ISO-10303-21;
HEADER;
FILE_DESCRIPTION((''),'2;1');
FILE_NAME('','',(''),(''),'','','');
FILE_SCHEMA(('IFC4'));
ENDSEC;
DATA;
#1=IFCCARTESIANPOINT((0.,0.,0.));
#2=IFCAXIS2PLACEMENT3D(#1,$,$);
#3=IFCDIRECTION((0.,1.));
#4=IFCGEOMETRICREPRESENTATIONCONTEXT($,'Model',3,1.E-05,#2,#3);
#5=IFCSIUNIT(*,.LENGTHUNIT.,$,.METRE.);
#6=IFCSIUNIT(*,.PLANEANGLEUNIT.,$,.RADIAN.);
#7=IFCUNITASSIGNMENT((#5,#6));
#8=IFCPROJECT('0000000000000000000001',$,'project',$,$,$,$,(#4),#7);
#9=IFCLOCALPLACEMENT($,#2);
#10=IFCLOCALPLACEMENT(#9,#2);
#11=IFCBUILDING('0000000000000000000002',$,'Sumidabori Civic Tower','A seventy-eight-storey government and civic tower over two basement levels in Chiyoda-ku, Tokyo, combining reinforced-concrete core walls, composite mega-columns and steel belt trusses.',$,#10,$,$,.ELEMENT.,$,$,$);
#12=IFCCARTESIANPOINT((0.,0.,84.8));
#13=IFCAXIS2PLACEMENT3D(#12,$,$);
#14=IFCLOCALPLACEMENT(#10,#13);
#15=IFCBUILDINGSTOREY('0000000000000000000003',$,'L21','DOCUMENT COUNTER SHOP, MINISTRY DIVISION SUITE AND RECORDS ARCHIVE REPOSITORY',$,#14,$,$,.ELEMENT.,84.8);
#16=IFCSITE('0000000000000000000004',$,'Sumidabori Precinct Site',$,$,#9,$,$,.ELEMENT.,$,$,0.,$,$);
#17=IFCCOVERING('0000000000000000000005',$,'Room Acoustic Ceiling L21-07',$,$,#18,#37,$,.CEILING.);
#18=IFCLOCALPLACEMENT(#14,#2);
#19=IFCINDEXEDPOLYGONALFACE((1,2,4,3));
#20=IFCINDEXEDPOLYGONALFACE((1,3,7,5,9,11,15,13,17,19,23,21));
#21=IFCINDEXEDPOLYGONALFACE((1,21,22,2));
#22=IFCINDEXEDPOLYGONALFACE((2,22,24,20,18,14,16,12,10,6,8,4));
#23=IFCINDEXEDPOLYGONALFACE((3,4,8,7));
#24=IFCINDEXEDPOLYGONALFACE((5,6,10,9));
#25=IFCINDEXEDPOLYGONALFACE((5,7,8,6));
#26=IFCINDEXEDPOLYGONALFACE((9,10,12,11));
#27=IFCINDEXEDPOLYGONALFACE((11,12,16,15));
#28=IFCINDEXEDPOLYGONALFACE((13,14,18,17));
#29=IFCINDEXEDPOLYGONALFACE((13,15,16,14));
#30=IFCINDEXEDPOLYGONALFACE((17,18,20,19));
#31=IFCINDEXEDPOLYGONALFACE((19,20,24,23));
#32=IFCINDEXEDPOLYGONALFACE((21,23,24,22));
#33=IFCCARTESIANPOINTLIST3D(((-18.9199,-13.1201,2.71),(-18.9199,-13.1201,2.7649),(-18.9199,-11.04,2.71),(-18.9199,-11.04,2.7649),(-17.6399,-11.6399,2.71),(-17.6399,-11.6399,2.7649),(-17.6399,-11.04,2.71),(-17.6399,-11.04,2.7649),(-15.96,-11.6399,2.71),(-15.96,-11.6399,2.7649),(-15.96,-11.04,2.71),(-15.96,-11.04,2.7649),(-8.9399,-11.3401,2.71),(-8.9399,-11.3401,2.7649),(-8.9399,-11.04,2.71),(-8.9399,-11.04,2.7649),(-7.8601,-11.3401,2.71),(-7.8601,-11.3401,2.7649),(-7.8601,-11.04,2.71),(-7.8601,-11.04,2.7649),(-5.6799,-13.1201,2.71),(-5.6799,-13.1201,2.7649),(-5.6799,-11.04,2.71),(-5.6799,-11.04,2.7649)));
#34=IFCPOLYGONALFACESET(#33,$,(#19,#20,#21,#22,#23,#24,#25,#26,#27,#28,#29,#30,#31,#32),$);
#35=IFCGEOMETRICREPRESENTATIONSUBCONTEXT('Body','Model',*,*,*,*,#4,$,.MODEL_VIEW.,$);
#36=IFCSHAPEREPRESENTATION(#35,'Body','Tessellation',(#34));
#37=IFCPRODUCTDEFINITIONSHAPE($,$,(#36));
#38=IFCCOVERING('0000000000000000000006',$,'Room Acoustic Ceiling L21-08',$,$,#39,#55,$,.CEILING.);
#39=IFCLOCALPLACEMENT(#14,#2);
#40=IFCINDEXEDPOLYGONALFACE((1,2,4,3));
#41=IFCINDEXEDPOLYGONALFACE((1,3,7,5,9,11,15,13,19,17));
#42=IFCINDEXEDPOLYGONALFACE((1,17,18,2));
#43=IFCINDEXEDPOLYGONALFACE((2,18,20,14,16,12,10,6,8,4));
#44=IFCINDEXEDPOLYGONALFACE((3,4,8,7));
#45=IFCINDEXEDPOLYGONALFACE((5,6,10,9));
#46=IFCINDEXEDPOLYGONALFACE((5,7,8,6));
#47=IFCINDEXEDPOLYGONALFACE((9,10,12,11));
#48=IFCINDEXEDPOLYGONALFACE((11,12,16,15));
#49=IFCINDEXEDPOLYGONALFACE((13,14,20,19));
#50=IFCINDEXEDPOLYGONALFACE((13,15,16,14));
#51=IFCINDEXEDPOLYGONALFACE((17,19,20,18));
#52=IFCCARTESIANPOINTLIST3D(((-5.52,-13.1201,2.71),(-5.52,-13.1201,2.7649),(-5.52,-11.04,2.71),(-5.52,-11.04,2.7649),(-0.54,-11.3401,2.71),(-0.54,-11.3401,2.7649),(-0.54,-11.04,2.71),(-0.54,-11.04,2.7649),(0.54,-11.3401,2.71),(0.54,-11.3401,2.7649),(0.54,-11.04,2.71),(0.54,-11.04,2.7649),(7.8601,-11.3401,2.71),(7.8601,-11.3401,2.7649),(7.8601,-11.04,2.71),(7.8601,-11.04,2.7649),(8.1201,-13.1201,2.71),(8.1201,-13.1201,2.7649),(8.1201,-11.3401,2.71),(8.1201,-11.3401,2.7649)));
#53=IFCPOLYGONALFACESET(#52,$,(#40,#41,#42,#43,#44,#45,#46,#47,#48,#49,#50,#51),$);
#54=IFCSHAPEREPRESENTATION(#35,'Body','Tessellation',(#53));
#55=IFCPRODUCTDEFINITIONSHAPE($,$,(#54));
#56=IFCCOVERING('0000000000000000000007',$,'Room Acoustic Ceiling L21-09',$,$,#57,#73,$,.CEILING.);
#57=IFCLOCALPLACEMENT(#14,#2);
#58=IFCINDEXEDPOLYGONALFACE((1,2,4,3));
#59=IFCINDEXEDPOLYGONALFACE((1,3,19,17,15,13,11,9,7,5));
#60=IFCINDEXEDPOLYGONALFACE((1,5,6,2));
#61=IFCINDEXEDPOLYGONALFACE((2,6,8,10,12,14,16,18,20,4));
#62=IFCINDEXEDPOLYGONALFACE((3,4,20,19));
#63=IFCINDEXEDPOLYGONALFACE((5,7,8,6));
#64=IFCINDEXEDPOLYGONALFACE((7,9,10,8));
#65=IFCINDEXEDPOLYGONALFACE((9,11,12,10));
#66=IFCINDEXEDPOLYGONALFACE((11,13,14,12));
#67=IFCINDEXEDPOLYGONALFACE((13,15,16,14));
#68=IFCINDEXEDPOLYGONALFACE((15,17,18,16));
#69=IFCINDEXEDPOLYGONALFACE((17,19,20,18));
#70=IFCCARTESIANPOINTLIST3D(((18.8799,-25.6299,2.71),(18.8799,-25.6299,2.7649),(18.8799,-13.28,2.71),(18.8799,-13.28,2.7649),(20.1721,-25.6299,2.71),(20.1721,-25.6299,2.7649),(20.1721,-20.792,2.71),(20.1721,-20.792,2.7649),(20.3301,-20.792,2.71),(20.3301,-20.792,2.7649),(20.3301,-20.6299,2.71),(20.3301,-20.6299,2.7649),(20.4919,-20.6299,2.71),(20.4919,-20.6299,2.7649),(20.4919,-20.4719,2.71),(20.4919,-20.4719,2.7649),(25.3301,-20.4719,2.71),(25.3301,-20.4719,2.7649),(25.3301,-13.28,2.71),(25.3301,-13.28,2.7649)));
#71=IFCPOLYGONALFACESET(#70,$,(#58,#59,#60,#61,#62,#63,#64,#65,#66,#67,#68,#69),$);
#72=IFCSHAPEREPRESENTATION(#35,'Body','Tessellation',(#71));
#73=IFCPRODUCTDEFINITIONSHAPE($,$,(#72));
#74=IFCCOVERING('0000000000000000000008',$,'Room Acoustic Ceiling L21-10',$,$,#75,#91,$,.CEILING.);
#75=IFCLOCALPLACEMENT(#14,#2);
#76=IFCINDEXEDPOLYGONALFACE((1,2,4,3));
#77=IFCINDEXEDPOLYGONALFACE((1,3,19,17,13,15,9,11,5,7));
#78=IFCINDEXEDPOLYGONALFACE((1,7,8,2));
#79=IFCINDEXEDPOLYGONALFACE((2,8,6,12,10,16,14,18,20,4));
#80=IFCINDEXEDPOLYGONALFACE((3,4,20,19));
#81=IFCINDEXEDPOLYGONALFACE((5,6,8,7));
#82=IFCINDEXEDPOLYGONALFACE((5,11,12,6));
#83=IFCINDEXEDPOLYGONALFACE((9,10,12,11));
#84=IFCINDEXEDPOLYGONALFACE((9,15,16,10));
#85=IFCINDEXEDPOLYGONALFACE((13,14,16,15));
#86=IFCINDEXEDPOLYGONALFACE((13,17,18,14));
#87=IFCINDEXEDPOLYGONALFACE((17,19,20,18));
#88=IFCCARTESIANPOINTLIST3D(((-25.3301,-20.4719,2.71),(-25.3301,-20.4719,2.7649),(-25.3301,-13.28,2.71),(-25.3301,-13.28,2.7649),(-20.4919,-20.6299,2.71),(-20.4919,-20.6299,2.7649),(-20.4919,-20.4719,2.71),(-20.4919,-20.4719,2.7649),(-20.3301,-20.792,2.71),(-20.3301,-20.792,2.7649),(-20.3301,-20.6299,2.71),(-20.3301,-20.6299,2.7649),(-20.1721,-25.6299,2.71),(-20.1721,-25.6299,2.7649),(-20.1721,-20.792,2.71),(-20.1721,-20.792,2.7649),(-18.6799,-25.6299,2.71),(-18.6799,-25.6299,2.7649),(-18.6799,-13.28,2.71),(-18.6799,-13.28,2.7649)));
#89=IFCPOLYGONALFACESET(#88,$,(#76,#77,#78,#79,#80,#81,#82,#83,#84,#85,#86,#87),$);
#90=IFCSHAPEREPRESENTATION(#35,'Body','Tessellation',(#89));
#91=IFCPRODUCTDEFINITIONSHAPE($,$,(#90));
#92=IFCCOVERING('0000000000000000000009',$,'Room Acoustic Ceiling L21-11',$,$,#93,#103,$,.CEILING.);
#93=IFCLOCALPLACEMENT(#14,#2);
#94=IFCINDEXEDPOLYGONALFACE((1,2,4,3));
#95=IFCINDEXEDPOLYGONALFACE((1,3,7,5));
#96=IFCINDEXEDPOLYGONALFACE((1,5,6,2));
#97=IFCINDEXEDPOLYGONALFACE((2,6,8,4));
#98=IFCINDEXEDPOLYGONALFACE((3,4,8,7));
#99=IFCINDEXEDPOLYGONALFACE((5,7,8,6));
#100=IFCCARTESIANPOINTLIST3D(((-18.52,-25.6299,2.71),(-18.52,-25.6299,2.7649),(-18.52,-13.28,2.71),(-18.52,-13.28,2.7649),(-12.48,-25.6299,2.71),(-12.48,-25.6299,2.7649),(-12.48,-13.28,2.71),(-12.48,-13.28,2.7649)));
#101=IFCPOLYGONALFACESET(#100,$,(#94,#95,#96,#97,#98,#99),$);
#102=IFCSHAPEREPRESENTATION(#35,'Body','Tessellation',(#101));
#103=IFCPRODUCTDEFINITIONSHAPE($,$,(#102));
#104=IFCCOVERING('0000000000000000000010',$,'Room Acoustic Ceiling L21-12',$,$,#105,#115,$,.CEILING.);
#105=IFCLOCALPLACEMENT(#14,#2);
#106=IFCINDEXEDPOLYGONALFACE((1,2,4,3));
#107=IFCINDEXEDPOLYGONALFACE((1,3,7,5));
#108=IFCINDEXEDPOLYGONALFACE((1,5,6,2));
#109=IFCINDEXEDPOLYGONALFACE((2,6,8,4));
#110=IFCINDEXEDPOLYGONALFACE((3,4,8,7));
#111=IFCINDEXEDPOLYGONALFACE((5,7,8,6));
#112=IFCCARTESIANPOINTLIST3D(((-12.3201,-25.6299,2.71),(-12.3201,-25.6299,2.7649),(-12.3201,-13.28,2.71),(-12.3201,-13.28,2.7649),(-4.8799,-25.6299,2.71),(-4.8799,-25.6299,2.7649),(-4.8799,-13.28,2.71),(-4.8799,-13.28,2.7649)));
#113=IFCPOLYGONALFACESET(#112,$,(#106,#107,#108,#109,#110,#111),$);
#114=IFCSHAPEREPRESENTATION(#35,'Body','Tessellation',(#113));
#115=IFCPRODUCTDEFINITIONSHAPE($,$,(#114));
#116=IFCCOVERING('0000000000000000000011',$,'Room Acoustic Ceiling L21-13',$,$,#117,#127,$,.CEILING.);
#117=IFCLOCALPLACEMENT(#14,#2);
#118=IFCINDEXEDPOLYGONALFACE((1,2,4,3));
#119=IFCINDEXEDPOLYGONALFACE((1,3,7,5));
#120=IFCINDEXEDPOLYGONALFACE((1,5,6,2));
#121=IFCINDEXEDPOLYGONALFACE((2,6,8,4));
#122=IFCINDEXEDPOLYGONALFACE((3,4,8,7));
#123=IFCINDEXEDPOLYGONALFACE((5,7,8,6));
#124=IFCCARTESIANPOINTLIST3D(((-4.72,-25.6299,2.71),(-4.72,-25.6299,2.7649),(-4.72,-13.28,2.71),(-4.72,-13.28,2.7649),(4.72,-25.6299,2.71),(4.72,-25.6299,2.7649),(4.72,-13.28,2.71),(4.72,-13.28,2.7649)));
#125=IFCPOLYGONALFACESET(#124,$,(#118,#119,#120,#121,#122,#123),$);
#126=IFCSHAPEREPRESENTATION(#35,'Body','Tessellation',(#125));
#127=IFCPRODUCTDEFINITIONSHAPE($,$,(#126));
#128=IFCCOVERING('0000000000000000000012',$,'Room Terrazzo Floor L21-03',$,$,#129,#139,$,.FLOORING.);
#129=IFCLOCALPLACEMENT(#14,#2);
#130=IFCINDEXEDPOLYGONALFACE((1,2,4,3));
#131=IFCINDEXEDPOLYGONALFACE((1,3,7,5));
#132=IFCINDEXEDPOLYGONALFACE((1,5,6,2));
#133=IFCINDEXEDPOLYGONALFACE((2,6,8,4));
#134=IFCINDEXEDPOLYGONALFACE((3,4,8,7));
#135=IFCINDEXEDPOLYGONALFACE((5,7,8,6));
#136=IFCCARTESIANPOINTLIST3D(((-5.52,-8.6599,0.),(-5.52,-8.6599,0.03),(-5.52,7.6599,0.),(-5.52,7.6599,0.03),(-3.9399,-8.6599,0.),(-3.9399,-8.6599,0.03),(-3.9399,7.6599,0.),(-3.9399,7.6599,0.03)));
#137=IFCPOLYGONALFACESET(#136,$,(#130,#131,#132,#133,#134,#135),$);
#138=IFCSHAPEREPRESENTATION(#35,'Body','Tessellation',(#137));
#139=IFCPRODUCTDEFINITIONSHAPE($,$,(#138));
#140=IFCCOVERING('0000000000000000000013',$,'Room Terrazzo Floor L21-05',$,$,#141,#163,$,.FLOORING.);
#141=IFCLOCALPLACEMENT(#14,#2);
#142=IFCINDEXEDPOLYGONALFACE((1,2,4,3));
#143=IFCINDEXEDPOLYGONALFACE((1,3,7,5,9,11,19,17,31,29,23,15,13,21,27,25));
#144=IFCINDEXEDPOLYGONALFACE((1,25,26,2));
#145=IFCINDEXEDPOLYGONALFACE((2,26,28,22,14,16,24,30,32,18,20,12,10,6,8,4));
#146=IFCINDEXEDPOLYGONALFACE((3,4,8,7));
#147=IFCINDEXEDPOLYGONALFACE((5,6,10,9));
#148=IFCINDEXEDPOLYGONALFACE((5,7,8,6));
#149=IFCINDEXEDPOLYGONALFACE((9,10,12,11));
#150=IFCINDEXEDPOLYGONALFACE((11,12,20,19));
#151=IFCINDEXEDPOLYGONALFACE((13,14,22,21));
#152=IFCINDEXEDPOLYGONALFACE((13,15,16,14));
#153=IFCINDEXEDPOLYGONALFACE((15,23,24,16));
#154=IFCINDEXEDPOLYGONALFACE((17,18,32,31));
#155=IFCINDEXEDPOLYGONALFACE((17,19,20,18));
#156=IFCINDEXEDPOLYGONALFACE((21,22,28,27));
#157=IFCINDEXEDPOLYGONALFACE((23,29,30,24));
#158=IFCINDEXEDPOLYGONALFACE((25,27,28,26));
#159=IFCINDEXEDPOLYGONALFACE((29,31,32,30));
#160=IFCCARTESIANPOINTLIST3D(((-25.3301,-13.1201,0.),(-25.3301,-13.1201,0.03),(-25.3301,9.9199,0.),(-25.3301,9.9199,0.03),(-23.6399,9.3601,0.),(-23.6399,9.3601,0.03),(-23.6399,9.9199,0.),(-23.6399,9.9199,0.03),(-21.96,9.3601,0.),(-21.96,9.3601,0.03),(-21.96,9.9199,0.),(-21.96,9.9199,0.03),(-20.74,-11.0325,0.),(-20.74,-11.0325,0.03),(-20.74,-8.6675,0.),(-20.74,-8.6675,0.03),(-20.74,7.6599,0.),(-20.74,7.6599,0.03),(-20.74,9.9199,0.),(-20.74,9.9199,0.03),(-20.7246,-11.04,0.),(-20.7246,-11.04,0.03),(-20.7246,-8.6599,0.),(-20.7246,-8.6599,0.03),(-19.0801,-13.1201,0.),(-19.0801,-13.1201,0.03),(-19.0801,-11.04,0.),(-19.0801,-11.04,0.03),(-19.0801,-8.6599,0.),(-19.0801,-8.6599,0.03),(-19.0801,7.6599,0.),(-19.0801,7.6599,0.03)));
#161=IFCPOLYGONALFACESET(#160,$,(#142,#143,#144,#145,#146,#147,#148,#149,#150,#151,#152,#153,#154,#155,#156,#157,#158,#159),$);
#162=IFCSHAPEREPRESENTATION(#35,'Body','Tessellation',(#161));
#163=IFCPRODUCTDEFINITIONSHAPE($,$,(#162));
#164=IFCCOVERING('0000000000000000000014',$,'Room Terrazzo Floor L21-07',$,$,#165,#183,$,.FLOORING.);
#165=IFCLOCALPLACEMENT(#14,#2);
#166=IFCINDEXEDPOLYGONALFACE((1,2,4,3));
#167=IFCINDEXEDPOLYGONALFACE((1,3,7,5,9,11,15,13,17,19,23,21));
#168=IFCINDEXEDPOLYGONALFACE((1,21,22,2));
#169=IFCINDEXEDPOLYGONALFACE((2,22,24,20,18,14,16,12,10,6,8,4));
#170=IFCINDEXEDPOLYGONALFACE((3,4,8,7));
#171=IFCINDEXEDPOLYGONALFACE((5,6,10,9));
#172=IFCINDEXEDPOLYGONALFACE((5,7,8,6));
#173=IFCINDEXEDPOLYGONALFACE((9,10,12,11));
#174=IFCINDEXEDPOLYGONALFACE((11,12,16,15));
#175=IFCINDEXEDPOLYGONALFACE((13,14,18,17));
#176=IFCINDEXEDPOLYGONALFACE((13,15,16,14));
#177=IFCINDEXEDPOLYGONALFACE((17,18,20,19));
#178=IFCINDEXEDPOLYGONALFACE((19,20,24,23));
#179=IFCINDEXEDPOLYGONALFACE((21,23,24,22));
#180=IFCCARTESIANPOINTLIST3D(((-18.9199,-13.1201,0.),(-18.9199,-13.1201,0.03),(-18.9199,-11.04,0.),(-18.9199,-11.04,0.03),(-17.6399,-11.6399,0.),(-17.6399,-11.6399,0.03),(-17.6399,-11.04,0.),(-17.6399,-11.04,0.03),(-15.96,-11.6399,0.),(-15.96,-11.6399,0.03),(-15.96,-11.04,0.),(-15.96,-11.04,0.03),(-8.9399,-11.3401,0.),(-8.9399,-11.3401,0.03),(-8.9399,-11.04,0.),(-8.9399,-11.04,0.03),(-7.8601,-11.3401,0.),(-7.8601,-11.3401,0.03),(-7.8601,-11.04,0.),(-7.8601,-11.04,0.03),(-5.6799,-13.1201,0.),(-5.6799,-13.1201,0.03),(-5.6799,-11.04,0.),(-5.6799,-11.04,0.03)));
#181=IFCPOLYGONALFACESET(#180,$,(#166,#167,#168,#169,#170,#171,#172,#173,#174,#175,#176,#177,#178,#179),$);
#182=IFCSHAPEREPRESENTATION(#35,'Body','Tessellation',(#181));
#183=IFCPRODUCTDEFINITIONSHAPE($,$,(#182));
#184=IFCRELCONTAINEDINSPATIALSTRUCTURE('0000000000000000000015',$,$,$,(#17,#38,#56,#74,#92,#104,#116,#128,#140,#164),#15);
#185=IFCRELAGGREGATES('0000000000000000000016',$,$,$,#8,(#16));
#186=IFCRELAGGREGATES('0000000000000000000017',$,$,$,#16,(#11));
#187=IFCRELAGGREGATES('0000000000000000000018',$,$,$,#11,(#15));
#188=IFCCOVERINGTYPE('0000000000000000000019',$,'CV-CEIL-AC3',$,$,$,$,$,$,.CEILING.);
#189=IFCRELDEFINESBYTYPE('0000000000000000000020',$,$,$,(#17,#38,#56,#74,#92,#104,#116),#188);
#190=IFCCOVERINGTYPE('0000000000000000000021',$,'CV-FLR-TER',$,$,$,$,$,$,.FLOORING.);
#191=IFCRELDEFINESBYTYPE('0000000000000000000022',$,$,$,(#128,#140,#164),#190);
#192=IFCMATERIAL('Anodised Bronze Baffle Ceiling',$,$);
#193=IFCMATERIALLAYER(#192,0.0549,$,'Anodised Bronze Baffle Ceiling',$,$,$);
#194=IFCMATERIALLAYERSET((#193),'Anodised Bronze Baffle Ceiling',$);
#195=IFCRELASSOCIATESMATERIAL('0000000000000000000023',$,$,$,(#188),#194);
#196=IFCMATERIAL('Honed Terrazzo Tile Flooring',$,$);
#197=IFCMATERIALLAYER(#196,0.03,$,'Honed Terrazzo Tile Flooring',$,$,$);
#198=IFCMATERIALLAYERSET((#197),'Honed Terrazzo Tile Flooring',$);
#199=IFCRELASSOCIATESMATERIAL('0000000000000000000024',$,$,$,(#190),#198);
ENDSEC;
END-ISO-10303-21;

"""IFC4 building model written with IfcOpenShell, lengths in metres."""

from ifc_helpers import new_model, si_unit, direction, frame, origin, place, context, subcontext, project, spatial, polyline, outline, extrude, material, layer, layer_set, type_object, element, save


model = new_model("IFC4")

# Units and contexts
model_context = context("Model", 3, precision=1e-05, world=origin(), true_north=direction((0.0, 1.0)))
body_context = subcontext(model_context, "Body", "Model", "MODEL_VIEW")
ifc_project = project(units=[si_unit("LENGTHUNIT", "METRE"), si_unit("PLANEANGLEUNIT", "RADIAN")], contexts=[model_context])

# Site, building, storey
site_placement = place(None, origin())
site = spatial("IfcSite", under=ifc_project, at=site_placement, Name="Sumidabori Precinct Site", CompositionType="ELEMENT", RefElevation=0.0)
building_placement = place(site_placement, origin())
building = spatial("IfcBuilding", under=site, at=building_placement, Name="Sumidabori Civic Tower", Description="A seventy-eight-storey government and civic tower over two basement levels in Chiyoda-ku, Tokyo, combining reinforced-concrete core walls, composite mega-columns and steel belt trusses.", CompositionType="ELEMENT")
storey_placement = place(building_placement, frame((0.0, 0.0, 84.8)))
storey = spatial("IfcBuildingStorey", under=building, at=storey_placement, Name="L21", Description="DOCUMENT COUNTER SHOP, MINISTRY DIVISION SUITE AND RECORDS ARCHIVE REPOSITORY", CompositionType="ELEMENT", Elevation=84.8)

# Coverings
ifc_material_1 = material(Name="Anodised Bronze Baffle Ceiling")
ifc_layer_1 = layer(ifc_material_1, 0.0549, Name="Anodised Bronze Baffle Ceiling")
ifc_layer_set_1 = layer_set([ifc_layer_1], Name="Anodised Bronze Baffle Ceiling")
covering_type_1 = type_object("IfcCoveringType", Name="CV-CEIL-AC3", PredefinedType="CEILING", material=ifc_layer_set_1)
covering_1_placement = place(storey_placement, frame((0.0, 0.0, 2.71)))
element("IfcCovering", 1, at=covering_1_placement, inside=storey, type_object=covering_type_1, Name="Room Acoustic Ceiling L21-07", PredefinedType="CEILING", context=body_context, shape_type="SweptSolid", body=[
    extrude(outline(polyline([(-17.6399, -11.04), (-17.6399, -11.6399), (-15.96, -11.6399), (-15.96, -11.04), (-8.9399, -11.04), (-8.9399, -11.3401), (-7.8601, -11.3401), (-7.8601, -11.04), (-5.6799, -11.04), (-5.6799, -13.1201), (-18.9199, -13.1201), (-18.9199, -11.04), (-17.6399, -11.04)])), origin(), (0.0, 0.0, 1.0), 0.0549),
])
covering_2_placement = place(storey_placement, frame((0.0, 0.0, 2.71)))
element("IfcCovering", 2, at=covering_2_placement, inside=storey, type_object=covering_type_1, Name="Room Acoustic Ceiling L21-08", PredefinedType="CEILING", context=body_context, shape_type="SweptSolid", body=[
    extrude(outline(polyline([(-5.52, -11.04), (-0.54, -11.04), (-0.54, -11.3401), (0.54, -11.3401), (0.54, -11.04), (7.8601, -11.04), (7.8601, -11.3401), (8.1201, -11.3401), (8.1201, -13.1201), (-5.52, -13.1201), (-5.52, -11.04)])), origin(), (0.0, 0.0, 1.0), 0.0549),
])
covering_3_placement = place(storey_placement, frame((0.0, 0.0, 2.71)))
element("IfcCovering", 3, at=covering_3_placement, inside=storey, type_object=covering_type_1, Name="Room Acoustic Ceiling L21-09", PredefinedType="CEILING", context=body_context, shape_type="SweptSolid", body=[
    extrude(outline(polyline([(18.8799, -13.28), (25.3301, -13.28), (25.3301, -20.4719), (20.4919, -20.4719), (20.4919, -20.6299), (20.3301, -20.6299), (20.3301, -20.792), (20.1721, -20.792), (20.1721, -25.6299), (18.8799, -25.6299), (18.8799, -13.28)])), origin(), (0.0, 0.0, 1.0), 0.0549),
])
covering_4_placement = place(storey_placement, frame((0.0, 0.0, 2.71)))
element("IfcCovering", 4, at=covering_4_placement, inside=storey, type_object=covering_type_1, Name="Room Acoustic Ceiling L21-10", PredefinedType="CEILING", context=body_context, shape_type="SweptSolid", body=[
    extrude(outline(polyline([(-18.6799, -13.28), (-18.6799, -25.6299), (-20.1721, -25.6299), (-20.1721, -20.792), (-20.3301, -20.792), (-20.3301, -20.6299), (-20.4919, -20.6299), (-20.4919, -20.4719), (-25.3301, -20.4719), (-25.3301, -13.28), (-18.6799, -13.28)])), origin(), (0.0, 0.0, 1.0), 0.0549),
])
covering_5_placement = place(storey_placement, frame((0.0, 0.0, 2.71)))
element("IfcCovering", 5, at=covering_5_placement, inside=storey, type_object=covering_type_1, Name="Room Acoustic Ceiling L21-11", PredefinedType="CEILING", context=body_context, shape_type="SweptSolid", body=[
    extrude(outline(polyline([(-18.52, -13.28), (-12.48, -13.28), (-12.48, -25.6299), (-18.52, -25.6299), (-18.52, -13.28)])), origin(), (0.0, 0.0, 1.0), 0.0549),
])
covering_6_placement = place(storey_placement, frame((0.0, 0.0, 2.71)))
element("IfcCovering", 6, at=covering_6_placement, inside=storey, type_object=covering_type_1, Name="Room Acoustic Ceiling L21-12", PredefinedType="CEILING", context=body_context, shape_type="SweptSolid", body=[
    extrude(outline(polyline([(-12.3201, -13.28), (-4.8799, -13.28), (-4.8799, -25.6299), (-12.3201, -25.6299), (-12.3201, -13.28)])), origin(), (0.0, 0.0, 1.0), 0.0549),
])
covering_7_placement = place(storey_placement, frame((0.0, 0.0, 2.71)))
element("IfcCovering", 7, at=covering_7_placement, inside=storey, type_object=covering_type_1, Name="Room Acoustic Ceiling L21-13", PredefinedType="CEILING", context=body_context, shape_type="SweptSolid", body=[
    extrude(outline(polyline([(-4.72, -13.28), (4.72, -13.28), (4.72, -25.6299), (-4.72, -25.6299), (-4.72, -13.28)])), origin(), (0.0, 0.0, 1.0), 0.0549),
])
ifc_material_2 = material(Name="Honed Terrazzo Tile Flooring")
ifc_layer_2 = layer(ifc_material_2, 0.03, Name="Honed Terrazzo Tile Flooring")
ifc_layer_set_2 = layer_set([ifc_layer_2], Name="Honed Terrazzo Tile Flooring")
covering_type_2 = type_object("IfcCoveringType", Name="CV-FLR-TER", PredefinedType="FLOORING", material=ifc_layer_set_2)
covering_8_placement = place(storey_placement, origin())
element("IfcCovering", 8, at=covering_8_placement, inside=storey, type_object=covering_type_2, Name="Room Terrazzo Floor L21-03", PredefinedType="FLOORING", context=body_context, shape_type="SweptSolid", body=[
    extrude(outline(polyline([(-5.52, 7.6599), (-3.9399, 7.6599), (-3.9399, -8.6599), (-5.52, -8.6599), (-5.52, 7.6599)])), origin(), (0.0, 0.0, 1.0), 0.03),
])
covering_9_placement = place(storey_placement, origin())
element("IfcCovering", 9, at=covering_9_placement, inside=storey, type_object=covering_type_2, Name="Room Terrazzo Floor L21-05", PredefinedType="FLOORING", context=body_context, shape_type="SweptSolid", body=[
    extrude(outline(polyline([(-25.3301, -13.1201), (-25.3301, 9.9199), (-23.6399, 9.9199), (-23.6399, 9.3601), (-21.96, 9.3601), (-21.96, 9.9199), (-20.74, 9.9199), (-20.74, 7.6599), (-19.0801, 7.6599), (-19.0801, -8.6599), (-20.7246, -8.6599), (-20.74, -8.6675), (-20.74, -11.0325), (-20.7246, -11.04), (-19.0801, -11.04), (-19.0801, -13.1201), (-25.3301, -13.1201)])), origin(), (0.0, 0.0, 1.0), 0.03),
])
covering_10_placement = place(storey_placement, origin())
element("IfcCovering", 10, at=covering_10_placement, inside=storey, type_object=covering_type_2, Name="Room Terrazzo Floor L21-07", PredefinedType="FLOORING", context=body_context, shape_type="SweptSolid", body=[
    extrude(outline(polyline([(-17.6399, -11.04), (-17.6399, -11.6399), (-15.96, -11.6399), (-15.96, -11.04), (-8.9399, -11.04), (-8.9399, -11.3401), (-7.8601, -11.3401), (-7.8601, -11.04), (-5.6799, -11.04), (-5.6799, -13.1201), (-18.9199, -13.1201), (-18.9199, -11.04), (-17.6399, -11.04)])), origin(), (0.0, 0.0, 1.0), 0.03),
])

save(model, "model.ifc")
